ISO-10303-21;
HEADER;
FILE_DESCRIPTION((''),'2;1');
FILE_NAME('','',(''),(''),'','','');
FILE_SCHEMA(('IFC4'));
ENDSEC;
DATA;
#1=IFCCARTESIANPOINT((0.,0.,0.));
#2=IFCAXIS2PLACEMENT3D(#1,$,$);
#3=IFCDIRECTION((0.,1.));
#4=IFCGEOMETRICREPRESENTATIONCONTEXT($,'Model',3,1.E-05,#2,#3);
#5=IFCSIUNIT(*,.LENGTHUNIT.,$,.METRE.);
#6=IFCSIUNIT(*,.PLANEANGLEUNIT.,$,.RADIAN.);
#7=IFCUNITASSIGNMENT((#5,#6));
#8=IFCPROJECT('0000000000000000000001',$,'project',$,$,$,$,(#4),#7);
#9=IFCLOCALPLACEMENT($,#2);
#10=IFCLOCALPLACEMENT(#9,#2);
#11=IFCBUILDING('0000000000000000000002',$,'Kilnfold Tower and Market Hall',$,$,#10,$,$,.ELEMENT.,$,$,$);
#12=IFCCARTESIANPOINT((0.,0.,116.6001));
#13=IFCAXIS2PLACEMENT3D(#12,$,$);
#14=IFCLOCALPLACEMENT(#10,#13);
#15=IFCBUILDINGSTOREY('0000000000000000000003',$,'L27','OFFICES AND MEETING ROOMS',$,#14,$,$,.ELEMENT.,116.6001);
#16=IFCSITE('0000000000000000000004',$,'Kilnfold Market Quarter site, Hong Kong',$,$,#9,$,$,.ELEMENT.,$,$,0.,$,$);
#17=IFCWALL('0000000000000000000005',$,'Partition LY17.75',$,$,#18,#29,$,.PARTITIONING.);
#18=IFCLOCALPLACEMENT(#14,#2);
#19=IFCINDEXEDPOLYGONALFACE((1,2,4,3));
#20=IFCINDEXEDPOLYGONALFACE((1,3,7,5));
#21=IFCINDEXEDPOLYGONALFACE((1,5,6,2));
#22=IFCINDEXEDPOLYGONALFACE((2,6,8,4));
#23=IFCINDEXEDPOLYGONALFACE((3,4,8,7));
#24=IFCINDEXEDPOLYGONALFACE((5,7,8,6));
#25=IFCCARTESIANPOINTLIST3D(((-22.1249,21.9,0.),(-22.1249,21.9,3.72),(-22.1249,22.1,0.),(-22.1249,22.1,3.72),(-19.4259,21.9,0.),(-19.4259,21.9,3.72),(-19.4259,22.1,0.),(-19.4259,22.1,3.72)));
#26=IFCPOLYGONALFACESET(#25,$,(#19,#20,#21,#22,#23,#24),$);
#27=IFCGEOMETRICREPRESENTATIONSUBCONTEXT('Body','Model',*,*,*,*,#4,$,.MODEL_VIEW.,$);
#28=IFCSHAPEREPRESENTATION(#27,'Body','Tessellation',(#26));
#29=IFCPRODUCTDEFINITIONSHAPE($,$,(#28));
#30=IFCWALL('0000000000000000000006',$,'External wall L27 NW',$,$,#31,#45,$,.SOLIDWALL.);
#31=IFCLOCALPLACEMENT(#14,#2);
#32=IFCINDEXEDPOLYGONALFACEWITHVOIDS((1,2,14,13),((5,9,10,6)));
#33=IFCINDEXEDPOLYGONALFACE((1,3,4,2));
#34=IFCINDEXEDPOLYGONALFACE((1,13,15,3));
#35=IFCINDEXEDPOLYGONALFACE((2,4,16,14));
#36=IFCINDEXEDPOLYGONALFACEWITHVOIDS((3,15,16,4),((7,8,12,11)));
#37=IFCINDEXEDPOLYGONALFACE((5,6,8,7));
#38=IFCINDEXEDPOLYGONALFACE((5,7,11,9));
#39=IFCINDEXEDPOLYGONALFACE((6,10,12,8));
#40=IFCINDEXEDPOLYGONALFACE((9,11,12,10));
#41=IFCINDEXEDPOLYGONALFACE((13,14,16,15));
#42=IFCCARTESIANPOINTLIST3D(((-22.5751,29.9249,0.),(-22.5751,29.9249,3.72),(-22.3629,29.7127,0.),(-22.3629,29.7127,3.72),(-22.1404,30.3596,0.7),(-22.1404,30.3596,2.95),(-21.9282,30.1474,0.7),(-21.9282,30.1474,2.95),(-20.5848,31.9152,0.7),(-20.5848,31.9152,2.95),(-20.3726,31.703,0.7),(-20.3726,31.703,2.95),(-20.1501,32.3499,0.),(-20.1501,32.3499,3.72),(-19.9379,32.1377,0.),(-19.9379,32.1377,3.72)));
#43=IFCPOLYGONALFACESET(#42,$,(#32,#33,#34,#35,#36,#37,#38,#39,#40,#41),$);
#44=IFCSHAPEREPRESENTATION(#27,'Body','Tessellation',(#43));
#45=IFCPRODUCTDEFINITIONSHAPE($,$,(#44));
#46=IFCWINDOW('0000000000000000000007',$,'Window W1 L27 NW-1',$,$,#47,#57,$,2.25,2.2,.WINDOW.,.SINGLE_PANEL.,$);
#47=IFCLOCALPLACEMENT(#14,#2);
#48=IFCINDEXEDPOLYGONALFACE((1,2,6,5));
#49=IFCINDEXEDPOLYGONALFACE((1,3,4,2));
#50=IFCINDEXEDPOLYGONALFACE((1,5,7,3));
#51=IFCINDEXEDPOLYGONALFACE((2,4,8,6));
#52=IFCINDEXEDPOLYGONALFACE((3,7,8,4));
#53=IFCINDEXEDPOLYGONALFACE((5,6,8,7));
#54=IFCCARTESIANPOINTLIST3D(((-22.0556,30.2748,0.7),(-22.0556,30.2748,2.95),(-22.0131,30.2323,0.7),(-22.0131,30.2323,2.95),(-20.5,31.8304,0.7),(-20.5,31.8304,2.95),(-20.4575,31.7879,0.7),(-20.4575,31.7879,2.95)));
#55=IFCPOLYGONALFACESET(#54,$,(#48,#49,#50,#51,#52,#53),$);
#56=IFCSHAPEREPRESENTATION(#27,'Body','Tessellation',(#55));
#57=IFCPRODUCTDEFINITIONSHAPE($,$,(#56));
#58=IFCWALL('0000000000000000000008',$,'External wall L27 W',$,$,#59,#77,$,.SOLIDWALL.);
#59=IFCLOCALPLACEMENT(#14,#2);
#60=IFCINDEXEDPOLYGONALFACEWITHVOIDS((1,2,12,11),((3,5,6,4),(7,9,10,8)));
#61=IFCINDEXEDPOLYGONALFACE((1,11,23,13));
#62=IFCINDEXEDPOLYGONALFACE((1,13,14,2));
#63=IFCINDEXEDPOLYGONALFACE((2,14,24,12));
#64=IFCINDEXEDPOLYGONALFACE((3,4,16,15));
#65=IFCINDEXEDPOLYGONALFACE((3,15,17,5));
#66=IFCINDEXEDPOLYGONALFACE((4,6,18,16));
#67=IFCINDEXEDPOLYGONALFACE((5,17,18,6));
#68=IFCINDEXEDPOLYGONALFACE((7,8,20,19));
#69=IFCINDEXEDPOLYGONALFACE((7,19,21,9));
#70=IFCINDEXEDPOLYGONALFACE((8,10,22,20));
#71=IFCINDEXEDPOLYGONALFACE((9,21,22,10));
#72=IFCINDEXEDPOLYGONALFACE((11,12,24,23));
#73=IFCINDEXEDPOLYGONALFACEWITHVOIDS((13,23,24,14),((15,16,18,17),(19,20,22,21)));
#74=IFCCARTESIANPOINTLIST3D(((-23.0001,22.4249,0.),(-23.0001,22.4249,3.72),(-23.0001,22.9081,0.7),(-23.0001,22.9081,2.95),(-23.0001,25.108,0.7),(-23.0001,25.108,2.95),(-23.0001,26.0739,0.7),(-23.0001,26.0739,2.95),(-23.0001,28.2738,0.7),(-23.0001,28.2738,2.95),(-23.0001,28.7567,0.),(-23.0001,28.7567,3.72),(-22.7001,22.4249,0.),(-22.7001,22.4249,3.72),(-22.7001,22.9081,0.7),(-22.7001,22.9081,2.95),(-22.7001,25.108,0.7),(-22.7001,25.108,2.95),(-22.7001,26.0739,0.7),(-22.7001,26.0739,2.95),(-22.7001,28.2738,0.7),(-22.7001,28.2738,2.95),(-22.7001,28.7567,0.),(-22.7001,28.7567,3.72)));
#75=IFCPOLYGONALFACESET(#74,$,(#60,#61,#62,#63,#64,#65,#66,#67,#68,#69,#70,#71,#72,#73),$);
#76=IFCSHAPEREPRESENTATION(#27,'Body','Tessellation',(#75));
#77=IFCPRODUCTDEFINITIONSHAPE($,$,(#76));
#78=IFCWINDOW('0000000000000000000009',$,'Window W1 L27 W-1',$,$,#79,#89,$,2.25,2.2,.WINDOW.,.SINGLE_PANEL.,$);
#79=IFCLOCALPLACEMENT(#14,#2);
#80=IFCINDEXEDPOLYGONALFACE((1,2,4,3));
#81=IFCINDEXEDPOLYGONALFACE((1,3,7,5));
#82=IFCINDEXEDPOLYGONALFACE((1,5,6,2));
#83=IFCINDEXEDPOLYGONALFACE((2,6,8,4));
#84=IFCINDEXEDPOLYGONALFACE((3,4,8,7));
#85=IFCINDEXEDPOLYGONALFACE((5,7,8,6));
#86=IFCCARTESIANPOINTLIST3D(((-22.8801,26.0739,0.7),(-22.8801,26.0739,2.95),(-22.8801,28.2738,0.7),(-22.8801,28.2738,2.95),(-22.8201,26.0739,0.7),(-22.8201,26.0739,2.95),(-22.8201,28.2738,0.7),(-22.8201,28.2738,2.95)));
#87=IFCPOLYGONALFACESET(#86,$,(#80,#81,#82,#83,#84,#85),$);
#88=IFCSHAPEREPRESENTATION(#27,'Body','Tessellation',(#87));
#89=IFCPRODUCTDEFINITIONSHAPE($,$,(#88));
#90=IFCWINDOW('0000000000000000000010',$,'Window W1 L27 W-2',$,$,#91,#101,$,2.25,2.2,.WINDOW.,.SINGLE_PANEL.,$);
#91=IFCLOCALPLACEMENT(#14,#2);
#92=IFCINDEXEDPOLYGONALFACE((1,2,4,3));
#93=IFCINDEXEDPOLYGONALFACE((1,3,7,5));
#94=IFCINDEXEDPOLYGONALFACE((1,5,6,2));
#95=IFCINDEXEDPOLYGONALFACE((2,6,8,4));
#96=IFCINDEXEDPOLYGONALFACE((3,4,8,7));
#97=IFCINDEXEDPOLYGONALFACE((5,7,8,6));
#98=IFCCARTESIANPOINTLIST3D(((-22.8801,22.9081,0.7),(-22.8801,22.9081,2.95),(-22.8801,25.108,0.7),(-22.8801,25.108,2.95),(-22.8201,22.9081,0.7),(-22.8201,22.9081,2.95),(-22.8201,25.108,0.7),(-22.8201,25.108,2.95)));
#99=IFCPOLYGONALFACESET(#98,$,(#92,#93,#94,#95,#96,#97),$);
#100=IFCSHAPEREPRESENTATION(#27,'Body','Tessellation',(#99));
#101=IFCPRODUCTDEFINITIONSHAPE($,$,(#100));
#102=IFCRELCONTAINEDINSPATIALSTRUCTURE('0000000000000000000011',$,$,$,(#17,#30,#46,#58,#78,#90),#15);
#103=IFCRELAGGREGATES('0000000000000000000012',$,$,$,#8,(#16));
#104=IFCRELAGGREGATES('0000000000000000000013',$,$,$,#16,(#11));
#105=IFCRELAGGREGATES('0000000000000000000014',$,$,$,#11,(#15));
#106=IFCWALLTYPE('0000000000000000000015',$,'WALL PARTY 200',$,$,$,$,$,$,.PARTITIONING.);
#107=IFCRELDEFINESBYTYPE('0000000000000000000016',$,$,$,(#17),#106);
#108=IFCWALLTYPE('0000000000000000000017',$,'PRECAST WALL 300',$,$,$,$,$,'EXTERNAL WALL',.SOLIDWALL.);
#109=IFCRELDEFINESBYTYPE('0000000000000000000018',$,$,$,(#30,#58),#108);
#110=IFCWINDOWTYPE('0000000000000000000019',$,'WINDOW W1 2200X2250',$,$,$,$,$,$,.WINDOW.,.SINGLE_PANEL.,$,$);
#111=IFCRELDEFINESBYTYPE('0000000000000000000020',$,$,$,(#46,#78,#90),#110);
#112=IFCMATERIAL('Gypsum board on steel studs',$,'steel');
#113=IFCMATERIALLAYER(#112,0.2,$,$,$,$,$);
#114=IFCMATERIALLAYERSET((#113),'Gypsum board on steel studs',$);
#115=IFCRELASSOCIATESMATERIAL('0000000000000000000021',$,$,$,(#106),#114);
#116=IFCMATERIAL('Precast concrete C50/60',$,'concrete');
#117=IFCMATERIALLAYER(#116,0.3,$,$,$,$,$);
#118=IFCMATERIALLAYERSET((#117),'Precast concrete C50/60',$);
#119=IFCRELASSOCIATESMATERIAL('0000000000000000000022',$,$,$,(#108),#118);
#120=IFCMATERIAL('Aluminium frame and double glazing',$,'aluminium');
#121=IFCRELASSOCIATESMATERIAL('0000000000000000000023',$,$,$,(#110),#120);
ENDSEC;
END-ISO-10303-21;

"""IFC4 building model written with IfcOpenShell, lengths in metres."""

from ifc_helpers import new_model, si_unit, direction, frame, frame_2d, origin, place, context, subcontext, project, spatial, rectangle, extrude, source, transform, mapped, material, layer, layer_set, type_object, element, fill, save


model = new_model("IFC4")

# Units and contexts
model_context = context("Model", 3, precision=1e-05, world=origin(), true_north=direction((0.0, 1.0)))
body_context = subcontext(model_context, "Body", "Model", "MODEL_VIEW")
ifc_project = project(units=[si_unit("LENGTHUNIT", "METRE"), si_unit("PLANEANGLEUNIT", "RADIAN")], contexts=[model_context])

# Site, building, storey
site_placement = place(None, origin())
site = spatial("IfcSite", under=ifc_project, at=site_placement, Name="Kilnfold Market Quarter site, Hong Kong", CompositionType="ELEMENT", RefElevation=0.0)
building_placement = place(site_placement, origin())
building = spatial("IfcBuilding", under=site, at=building_placement, Name="Kilnfold Tower and Market Hall", CompositionType="ELEMENT")
storey_placement = place(building_placement, frame((0.0, 0.0, 116.6001)))
storey = spatial("IfcBuildingStorey", under=building, at=storey_placement, Name="L27", Description="OFFICES AND MEETING ROOMS", CompositionType="ELEMENT", Elevation=116.6001)

# Wall
ifc_material_1 = material(Name="Gypsum board on steel studs", Category="steel")
ifc_layer_1 = layer(ifc_material_1, 0.2)
ifc_layer_set_1 = layer_set([ifc_layer_1], Name="Gypsum board on steel studs")
wall_type_1 = type_object("IfcWallType", Name="WALL PARTY 200", PredefinedType="PARTITIONING", material=ifc_layer_set_1)
wall_1_placement = place(storey_placement, frame((-22.125, 22.0, 0.0), z_axis=(0.0, 0.0, 1.0), x_axis=(1.0, 0.0, 0.0)))
element("IfcWall", 1, at=wall_1_placement, inside=storey, type_object=wall_type_1, Name="Partition LY17.75", PredefinedType="PARTITIONING", context=body_context, shape_type="SweptSolid", body=[
    extrude(rectangle(XDim=2.699, YDim=0.2, at=frame_2d((1.3496, 0.0))), origin(), (0.0, 0.0, 1.0), 3.72),
])

# Wall, opening, window
ifc_material_2 = material(Name="Precast concrete C50/60", Category="concrete")
ifc_layer_2 = layer(ifc_material_2, 0.3)
ifc_layer_set_2 = layer_set([ifc_layer_2], Name="Precast concrete C50/60")
wall_type_2 = type_object("IfcWallType", Name="PRECAST WALL 300", ElementType="EXTERNAL WALL", PredefinedType="SOLIDWALL", material=ifc_layer_set_2)
shared_shape_1 = source(origin(), body_context, "Body", "SweptSolid", [
    extrude(rectangle(XDim=3.4294, YDim=0.3, at=frame_2d((1.7148, 0.0))), origin(), (0.0, 0.0, 1.0), 3.72),
])
wall_2_placement = place(storey_placement, frame((-20.0439, 32.2439, 0.0), z_axis=(0.0, 0.0, 1.0), x_axis=(-0.707107, -0.707107, 0.0)))
wall_2 = element("IfcWall", 2, at=wall_2_placement, inside=storey, type_object=wall_type_2, Name="External wall L27 NW", PredefinedType="SOLIDWALL", context=body_context, shape_type="MappedRepresentation", body=[
    mapped(shared_shape_1, transform((0.0, 0.0, 0.0))),
])
opening_1_placement = place(wall_2_placement, frame((0.6147, 0.0, 0.7)))
opening_1 = element("IfcOpeningElement", 3, at=opening_1_placement, cuts=wall_2, PredefinedType="OPENING", context=body_context, shape_type="SweptSolid", body=[
    extrude(rectangle(XDim=2.2, YDim=2.25, at=frame_2d((1.1001, 1.125))), frame((0.0, 0.1602, 0.0), z_axis=(0.0, -1.0, 0.0), x_axis=(1.0, 0.0, 0.0)), (0.0, 0.0, 1.0), 0.3201),
])
ifc_material_3 = material(Name="Aluminium frame and double glazing", Category="aluminium")
window_type = type_object("IfcWindowType", Name="WINDOW W1 2200X2250", PartitioningType="SINGLE_PANEL", PredefinedType="WINDOW", material=ifc_material_3)
window_1_placement = place(opening_1_placement, origin())
window_1 = element("IfcWindow", 4, at=window_1_placement, inside=storey, type_object=window_type, Name="Window W1 L27 NW-1", OverallHeight=2.25, OverallWidth=2.2, PartitioningType="SINGLE_PANEL", PredefinedType="WINDOW", context=body_context, shape_type="SweptSolid", body=[
    extrude(rectangle(XDim=2.2, YDim=2.25, at=frame_2d((1.1001, 1.125))), frame((0.0, 0.03, 0.0), z_axis=(0.0, -1.0, 0.0), x_axis=(1.0, 0.0, 0.0)), (0.0, 0.0, 1.0), 0.0601),
])
fill(opening_1, window_1)

# Wall, openings, windows
shared_shape_2 = source(origin(), body_context, "Body", "SweptSolid", [
    extrude(rectangle(XDim=6.3318, YDim=0.3, at=frame_2d((3.166, 0.0))), origin(), (0.0, 0.0, 1.0), 3.72),
])
wall_3_placement = place(storey_placement, frame((-22.8501, 28.7568, 0.0), z_axis=(0.0, 0.0, 1.0), x_axis=(0.0, -1.0, 0.0)))
wall_3 = element("IfcWall", 5, at=wall_3_placement, inside=storey, type_object=wall_type_2, Name="External wall L27 W", PredefinedType="SOLIDWALL", context=body_context, shape_type="MappedRepresentation", body=[
    mapped(shared_shape_2, transform((0.0, 0.0, 0.0))),
])
opening_2_placement = place(wall_3_placement, frame((0.4829, 0.0, 0.7)))
opening_2 = element("IfcOpeningElement", 6, at=opening_2_placement, cuts=wall_3, PredefinedType="OPENING", context=body_context, shape_type="SweptSolid", body=[
    extrude(rectangle(XDim=2.2, YDim=2.25, at=frame_2d((1.1001, 1.125))), frame((0.0, 0.1602, 0.0), z_axis=(0.0, -1.0, 0.0), x_axis=(1.0, 0.0, 0.0)), (0.0, 0.0, 1.0), 0.3201),
])
opening_3_placement = place(wall_3_placement, frame((3.6487, 0.0, 0.7)))
opening_3 = element("IfcOpeningElement", 7, at=opening_3_placement, cuts=wall_3, PredefinedType="OPENING", context=body_context, shape_type="SweptSolid", body=[
    extrude(rectangle(XDim=2.2, YDim=2.25, at=frame_2d((1.1001, 1.125))), frame((0.0, 0.1602, 0.0), z_axis=(0.0, -1.0, 0.0), x_axis=(1.0, 0.0, 0.0)), (0.0, 0.0, 1.0), 0.3201),
])
window_2_placement = place(opening_2_placement, origin())
window_2 = element("IfcWindow", 8, at=window_2_placement, inside=storey, type_object=window_type, Name="Window W1 L27 W-1", OverallHeight=2.25, OverallWidth=2.2, PartitioningType="SINGLE_PANEL", PredefinedType="WINDOW", context=body_context, shape_type="SweptSolid", body=[
    extrude(rectangle(XDim=2.2, YDim=2.25, at=frame_2d((1.1001, 1.125))), frame((0.0, 0.03, 0.0), z_axis=(0.0, -1.0, 0.0), x_axis=(1.0, 0.0, 0.0)), (0.0, 0.0, 1.0), 0.0601),
])
fill(opening_2, window_2)
window_3_placement = place(opening_3_placement, origin())
window_3 = element("IfcWindow", 9, at=window_3_placement, inside=storey, type_object=window_type, Name="Window W1 L27 W-2", OverallHeight=2.25, OverallWidth=2.2, PartitioningType="SINGLE_PANEL", PredefinedType="WINDOW", context=body_context, shape_type="SweptSolid", body=[
    extrude(rectangle(XDim=2.2, YDim=2.25, at=frame_2d((1.1001, 1.125))), frame((0.0, 0.03, 0.0), z_axis=(0.0, -1.0, 0.0), x_axis=(1.0, 0.0, 0.0)), (0.0, 0.0, 1.0), 0.0601),
])
fill(opening_3, window_3)

save(model, "model.ifc")
